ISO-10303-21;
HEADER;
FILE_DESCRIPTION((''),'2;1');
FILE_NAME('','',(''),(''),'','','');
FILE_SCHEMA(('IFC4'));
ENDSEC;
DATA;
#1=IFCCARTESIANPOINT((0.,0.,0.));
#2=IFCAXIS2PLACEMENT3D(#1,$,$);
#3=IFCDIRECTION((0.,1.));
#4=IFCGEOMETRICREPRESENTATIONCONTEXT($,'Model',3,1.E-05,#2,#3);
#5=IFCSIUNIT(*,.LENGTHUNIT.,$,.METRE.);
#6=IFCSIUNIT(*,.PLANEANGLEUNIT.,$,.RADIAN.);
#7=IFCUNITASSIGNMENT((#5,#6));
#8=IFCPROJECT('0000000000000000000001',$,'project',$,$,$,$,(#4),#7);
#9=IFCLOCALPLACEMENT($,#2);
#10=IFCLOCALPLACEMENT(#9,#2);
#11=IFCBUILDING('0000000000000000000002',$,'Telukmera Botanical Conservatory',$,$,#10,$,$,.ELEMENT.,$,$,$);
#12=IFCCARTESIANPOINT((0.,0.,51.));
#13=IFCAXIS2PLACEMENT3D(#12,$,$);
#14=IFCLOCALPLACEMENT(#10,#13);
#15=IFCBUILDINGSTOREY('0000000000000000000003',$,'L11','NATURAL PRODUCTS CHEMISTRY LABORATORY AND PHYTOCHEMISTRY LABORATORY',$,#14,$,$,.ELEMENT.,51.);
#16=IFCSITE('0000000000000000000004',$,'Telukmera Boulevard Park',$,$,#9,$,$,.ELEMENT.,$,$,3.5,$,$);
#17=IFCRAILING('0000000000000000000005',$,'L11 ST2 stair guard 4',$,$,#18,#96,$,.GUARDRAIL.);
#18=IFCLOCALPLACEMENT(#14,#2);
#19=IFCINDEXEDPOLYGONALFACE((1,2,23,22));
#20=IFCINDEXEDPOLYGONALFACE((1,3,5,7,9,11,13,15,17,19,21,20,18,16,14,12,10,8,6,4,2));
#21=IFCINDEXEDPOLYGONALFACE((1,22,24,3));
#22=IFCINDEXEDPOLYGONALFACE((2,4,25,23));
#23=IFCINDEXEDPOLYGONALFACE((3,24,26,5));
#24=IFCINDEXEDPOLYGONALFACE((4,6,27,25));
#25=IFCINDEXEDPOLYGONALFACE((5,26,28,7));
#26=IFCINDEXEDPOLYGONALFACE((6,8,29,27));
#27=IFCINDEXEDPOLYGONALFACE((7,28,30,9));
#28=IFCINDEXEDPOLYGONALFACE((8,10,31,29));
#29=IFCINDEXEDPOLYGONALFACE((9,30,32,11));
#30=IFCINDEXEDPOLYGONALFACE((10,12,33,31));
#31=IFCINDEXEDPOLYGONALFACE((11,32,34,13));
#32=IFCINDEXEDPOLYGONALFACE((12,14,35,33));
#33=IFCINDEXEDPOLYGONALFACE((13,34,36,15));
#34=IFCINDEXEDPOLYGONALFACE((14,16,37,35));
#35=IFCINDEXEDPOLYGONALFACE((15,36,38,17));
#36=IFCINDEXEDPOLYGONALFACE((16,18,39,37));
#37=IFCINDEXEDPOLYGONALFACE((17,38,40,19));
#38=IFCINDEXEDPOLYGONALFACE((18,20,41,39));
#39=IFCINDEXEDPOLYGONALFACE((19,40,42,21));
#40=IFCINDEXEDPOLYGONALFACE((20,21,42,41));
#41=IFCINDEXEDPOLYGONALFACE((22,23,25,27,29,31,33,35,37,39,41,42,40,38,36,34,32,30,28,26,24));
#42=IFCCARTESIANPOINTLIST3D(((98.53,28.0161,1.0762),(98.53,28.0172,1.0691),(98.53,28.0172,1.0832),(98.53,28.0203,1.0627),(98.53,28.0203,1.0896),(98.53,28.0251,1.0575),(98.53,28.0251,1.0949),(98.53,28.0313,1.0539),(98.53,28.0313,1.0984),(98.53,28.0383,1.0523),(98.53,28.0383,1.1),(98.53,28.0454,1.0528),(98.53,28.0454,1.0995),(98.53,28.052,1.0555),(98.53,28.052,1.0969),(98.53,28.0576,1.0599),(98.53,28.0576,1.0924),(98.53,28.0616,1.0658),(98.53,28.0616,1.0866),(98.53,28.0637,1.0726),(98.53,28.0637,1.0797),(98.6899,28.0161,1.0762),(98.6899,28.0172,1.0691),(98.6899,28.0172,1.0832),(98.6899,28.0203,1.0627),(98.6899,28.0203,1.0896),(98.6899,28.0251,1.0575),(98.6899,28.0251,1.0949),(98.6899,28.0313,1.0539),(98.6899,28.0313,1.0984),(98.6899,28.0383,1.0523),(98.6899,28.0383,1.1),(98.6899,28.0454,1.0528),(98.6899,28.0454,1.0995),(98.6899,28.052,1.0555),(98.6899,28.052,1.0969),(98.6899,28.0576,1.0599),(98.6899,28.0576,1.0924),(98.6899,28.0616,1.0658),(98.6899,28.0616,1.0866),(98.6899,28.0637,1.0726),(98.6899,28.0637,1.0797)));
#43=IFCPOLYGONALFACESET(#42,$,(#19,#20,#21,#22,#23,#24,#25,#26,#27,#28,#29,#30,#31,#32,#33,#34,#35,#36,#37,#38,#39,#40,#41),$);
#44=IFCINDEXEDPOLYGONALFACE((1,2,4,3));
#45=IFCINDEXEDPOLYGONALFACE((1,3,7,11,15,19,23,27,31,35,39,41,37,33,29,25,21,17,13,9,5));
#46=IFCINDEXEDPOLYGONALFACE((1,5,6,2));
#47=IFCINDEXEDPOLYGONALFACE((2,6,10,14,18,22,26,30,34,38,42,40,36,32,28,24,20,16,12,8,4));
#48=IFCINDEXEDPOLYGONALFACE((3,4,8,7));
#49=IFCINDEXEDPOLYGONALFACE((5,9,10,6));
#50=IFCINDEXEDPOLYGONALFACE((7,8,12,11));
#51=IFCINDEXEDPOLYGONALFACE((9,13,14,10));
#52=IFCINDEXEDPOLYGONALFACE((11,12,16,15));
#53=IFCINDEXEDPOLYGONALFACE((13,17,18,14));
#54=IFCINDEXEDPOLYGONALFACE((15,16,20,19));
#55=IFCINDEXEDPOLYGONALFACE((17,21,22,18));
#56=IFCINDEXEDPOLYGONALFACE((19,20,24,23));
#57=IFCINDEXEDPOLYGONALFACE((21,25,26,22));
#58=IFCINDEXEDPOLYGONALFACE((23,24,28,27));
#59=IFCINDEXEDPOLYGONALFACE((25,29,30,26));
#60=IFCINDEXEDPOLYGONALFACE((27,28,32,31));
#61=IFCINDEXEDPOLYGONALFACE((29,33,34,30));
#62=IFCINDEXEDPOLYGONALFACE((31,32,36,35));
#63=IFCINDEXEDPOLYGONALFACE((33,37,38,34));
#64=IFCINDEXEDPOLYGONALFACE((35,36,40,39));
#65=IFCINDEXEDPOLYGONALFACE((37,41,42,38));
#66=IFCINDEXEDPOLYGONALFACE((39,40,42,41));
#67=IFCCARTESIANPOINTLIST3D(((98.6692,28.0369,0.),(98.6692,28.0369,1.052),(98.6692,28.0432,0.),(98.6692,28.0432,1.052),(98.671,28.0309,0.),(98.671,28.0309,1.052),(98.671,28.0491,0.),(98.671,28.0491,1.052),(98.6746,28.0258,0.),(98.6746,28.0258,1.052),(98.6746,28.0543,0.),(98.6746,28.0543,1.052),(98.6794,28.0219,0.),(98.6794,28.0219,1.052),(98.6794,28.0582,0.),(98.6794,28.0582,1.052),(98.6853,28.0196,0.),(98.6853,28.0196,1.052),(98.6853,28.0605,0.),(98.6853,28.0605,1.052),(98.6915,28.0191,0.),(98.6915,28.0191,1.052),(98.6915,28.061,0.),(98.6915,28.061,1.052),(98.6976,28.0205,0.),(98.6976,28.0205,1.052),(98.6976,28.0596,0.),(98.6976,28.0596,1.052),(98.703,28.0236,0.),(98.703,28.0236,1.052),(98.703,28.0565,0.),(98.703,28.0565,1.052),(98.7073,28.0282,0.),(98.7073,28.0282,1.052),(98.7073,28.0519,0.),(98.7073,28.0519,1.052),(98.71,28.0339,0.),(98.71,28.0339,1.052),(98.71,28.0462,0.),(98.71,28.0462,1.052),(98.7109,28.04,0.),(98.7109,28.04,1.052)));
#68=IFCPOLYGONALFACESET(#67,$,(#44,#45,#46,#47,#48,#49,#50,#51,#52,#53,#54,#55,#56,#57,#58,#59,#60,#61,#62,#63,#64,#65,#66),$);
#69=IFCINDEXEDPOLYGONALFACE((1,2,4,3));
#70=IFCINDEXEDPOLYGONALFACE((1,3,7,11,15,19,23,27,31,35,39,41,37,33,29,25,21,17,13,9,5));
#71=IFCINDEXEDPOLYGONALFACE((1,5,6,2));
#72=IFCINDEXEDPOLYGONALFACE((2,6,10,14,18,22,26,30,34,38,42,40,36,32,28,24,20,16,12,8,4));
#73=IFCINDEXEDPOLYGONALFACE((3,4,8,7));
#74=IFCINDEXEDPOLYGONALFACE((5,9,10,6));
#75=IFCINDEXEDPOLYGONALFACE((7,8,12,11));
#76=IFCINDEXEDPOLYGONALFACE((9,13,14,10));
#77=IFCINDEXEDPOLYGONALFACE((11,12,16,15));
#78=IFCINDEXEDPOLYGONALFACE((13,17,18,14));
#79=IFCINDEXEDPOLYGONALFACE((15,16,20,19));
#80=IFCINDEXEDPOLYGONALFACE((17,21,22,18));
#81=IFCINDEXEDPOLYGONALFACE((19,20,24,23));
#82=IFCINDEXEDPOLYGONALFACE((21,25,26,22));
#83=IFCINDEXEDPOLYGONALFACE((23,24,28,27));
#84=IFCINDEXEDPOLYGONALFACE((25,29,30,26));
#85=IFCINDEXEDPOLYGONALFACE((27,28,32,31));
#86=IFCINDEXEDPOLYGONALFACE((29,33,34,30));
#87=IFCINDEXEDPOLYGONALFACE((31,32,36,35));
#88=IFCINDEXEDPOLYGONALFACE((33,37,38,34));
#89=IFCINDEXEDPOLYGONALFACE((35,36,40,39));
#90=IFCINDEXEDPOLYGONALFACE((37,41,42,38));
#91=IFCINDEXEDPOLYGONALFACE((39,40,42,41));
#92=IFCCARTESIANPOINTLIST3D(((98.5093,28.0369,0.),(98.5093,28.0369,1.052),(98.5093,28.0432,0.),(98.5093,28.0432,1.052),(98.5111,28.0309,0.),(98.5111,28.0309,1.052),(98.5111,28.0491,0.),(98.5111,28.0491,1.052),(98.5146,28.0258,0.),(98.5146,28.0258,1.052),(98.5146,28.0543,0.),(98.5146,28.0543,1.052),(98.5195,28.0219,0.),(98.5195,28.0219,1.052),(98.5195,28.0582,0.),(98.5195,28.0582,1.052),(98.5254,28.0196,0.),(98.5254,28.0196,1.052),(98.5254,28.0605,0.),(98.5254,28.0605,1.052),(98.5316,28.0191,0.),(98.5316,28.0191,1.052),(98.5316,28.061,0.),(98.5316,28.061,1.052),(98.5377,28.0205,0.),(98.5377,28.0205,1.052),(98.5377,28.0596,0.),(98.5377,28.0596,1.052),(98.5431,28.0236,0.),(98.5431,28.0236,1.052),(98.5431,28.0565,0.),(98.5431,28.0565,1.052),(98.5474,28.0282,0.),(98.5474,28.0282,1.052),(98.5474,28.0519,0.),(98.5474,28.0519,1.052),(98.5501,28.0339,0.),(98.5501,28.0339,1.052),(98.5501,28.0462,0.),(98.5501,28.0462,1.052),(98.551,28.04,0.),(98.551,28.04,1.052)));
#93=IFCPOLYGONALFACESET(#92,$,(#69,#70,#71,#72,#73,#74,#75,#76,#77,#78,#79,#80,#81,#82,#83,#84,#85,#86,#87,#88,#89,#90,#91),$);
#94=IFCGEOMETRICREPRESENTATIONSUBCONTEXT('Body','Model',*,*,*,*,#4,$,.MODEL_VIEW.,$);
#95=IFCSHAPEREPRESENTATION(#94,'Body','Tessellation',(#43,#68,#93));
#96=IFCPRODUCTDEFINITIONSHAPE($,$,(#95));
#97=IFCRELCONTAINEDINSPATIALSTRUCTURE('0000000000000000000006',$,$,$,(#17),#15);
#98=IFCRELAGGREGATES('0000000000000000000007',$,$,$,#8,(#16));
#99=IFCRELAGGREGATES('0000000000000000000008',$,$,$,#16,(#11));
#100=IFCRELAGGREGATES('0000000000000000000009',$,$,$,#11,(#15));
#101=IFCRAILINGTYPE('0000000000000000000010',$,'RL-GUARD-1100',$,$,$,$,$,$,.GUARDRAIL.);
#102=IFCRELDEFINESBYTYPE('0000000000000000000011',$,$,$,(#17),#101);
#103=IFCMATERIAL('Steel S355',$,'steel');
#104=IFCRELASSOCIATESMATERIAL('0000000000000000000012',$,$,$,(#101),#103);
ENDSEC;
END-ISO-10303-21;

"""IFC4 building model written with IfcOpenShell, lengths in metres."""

from ifc_helpers import new_model, si_unit, direction, frame, origin, origin_2d, place, context, subcontext, project, spatial, circle, extrude, material, type_object, element, save


model = new_model("IFC4")

# Units and contexts
model_context = context("Model", 3, precision=1e-05, world=origin(), true_north=direction((0.0, 1.0)))
body_context = subcontext(model_context, "Body", "Model", "MODEL_VIEW")
ifc_project = project(units=[si_unit("LENGTHUNIT", "METRE"), si_unit("PLANEANGLEUNIT", "RADIAN")], contexts=[model_context])

# Site, building, storey
site_placement = place(None, origin())
site = spatial("IfcSite", under=ifc_project, at=site_placement, Name="Telukmera Boulevard Park", CompositionType="ELEMENT", RefElevation=3.5)
building_placement = place(site_placement, origin())
building = spatial("IfcBuilding", under=site, at=building_placement, Name="Telukmera Botanical Conservatory", CompositionType="ELEMENT")
storey_placement = place(building_placement, frame((0.0, 0.0, 51.0)))
storey = spatial("IfcBuildingStorey", under=building, at=storey_placement, Name="L11", Description="NATURAL PRODUCTS CHEMISTRY LABORATORY AND PHYTOCHEMISTRY LABORATORY", CompositionType="ELEMENT", Elevation=51.0)

# Railing
ifc_material_1 = material(Name="Steel S355", Category="steel")
railing_type_1 = type_object("IfcRailingType", Name="RL-GUARD-1100", PredefinedType="GUARDRAIL", material=ifc_material_1)
railing_1_placement = place(storey_placement, frame((98.6899, 28.04, 0.0)))
element("IfcRailing", 1, at=railing_1_placement, inside=storey, type_object=railing_type_1, Name="L11 ST2 stair guard 4", PredefinedType="GUARDRAIL", context=body_context, shape_type="SweptSolid", body=[
    extrude(circle(Radius=0.0239, at=origin_2d()), frame((0.0, 0.0, 1.0762), z_axis=(-1.0, 0.0, 0.0), x_axis=(0.0, -1.0, 0.0)), (0.0, 0.0, 1.0), 0.1599),
    extrude(circle(Radius=0.021, at=origin_2d()), origin(), (0.0, 0.0, 1.0), 1.052),
    extrude(circle(Radius=0.021, at=origin_2d()), frame((-0.1599, 0.0, 0.0)), (0.0, 0.0, 1.0), 1.052),
])

save(model, "model.ifc")
